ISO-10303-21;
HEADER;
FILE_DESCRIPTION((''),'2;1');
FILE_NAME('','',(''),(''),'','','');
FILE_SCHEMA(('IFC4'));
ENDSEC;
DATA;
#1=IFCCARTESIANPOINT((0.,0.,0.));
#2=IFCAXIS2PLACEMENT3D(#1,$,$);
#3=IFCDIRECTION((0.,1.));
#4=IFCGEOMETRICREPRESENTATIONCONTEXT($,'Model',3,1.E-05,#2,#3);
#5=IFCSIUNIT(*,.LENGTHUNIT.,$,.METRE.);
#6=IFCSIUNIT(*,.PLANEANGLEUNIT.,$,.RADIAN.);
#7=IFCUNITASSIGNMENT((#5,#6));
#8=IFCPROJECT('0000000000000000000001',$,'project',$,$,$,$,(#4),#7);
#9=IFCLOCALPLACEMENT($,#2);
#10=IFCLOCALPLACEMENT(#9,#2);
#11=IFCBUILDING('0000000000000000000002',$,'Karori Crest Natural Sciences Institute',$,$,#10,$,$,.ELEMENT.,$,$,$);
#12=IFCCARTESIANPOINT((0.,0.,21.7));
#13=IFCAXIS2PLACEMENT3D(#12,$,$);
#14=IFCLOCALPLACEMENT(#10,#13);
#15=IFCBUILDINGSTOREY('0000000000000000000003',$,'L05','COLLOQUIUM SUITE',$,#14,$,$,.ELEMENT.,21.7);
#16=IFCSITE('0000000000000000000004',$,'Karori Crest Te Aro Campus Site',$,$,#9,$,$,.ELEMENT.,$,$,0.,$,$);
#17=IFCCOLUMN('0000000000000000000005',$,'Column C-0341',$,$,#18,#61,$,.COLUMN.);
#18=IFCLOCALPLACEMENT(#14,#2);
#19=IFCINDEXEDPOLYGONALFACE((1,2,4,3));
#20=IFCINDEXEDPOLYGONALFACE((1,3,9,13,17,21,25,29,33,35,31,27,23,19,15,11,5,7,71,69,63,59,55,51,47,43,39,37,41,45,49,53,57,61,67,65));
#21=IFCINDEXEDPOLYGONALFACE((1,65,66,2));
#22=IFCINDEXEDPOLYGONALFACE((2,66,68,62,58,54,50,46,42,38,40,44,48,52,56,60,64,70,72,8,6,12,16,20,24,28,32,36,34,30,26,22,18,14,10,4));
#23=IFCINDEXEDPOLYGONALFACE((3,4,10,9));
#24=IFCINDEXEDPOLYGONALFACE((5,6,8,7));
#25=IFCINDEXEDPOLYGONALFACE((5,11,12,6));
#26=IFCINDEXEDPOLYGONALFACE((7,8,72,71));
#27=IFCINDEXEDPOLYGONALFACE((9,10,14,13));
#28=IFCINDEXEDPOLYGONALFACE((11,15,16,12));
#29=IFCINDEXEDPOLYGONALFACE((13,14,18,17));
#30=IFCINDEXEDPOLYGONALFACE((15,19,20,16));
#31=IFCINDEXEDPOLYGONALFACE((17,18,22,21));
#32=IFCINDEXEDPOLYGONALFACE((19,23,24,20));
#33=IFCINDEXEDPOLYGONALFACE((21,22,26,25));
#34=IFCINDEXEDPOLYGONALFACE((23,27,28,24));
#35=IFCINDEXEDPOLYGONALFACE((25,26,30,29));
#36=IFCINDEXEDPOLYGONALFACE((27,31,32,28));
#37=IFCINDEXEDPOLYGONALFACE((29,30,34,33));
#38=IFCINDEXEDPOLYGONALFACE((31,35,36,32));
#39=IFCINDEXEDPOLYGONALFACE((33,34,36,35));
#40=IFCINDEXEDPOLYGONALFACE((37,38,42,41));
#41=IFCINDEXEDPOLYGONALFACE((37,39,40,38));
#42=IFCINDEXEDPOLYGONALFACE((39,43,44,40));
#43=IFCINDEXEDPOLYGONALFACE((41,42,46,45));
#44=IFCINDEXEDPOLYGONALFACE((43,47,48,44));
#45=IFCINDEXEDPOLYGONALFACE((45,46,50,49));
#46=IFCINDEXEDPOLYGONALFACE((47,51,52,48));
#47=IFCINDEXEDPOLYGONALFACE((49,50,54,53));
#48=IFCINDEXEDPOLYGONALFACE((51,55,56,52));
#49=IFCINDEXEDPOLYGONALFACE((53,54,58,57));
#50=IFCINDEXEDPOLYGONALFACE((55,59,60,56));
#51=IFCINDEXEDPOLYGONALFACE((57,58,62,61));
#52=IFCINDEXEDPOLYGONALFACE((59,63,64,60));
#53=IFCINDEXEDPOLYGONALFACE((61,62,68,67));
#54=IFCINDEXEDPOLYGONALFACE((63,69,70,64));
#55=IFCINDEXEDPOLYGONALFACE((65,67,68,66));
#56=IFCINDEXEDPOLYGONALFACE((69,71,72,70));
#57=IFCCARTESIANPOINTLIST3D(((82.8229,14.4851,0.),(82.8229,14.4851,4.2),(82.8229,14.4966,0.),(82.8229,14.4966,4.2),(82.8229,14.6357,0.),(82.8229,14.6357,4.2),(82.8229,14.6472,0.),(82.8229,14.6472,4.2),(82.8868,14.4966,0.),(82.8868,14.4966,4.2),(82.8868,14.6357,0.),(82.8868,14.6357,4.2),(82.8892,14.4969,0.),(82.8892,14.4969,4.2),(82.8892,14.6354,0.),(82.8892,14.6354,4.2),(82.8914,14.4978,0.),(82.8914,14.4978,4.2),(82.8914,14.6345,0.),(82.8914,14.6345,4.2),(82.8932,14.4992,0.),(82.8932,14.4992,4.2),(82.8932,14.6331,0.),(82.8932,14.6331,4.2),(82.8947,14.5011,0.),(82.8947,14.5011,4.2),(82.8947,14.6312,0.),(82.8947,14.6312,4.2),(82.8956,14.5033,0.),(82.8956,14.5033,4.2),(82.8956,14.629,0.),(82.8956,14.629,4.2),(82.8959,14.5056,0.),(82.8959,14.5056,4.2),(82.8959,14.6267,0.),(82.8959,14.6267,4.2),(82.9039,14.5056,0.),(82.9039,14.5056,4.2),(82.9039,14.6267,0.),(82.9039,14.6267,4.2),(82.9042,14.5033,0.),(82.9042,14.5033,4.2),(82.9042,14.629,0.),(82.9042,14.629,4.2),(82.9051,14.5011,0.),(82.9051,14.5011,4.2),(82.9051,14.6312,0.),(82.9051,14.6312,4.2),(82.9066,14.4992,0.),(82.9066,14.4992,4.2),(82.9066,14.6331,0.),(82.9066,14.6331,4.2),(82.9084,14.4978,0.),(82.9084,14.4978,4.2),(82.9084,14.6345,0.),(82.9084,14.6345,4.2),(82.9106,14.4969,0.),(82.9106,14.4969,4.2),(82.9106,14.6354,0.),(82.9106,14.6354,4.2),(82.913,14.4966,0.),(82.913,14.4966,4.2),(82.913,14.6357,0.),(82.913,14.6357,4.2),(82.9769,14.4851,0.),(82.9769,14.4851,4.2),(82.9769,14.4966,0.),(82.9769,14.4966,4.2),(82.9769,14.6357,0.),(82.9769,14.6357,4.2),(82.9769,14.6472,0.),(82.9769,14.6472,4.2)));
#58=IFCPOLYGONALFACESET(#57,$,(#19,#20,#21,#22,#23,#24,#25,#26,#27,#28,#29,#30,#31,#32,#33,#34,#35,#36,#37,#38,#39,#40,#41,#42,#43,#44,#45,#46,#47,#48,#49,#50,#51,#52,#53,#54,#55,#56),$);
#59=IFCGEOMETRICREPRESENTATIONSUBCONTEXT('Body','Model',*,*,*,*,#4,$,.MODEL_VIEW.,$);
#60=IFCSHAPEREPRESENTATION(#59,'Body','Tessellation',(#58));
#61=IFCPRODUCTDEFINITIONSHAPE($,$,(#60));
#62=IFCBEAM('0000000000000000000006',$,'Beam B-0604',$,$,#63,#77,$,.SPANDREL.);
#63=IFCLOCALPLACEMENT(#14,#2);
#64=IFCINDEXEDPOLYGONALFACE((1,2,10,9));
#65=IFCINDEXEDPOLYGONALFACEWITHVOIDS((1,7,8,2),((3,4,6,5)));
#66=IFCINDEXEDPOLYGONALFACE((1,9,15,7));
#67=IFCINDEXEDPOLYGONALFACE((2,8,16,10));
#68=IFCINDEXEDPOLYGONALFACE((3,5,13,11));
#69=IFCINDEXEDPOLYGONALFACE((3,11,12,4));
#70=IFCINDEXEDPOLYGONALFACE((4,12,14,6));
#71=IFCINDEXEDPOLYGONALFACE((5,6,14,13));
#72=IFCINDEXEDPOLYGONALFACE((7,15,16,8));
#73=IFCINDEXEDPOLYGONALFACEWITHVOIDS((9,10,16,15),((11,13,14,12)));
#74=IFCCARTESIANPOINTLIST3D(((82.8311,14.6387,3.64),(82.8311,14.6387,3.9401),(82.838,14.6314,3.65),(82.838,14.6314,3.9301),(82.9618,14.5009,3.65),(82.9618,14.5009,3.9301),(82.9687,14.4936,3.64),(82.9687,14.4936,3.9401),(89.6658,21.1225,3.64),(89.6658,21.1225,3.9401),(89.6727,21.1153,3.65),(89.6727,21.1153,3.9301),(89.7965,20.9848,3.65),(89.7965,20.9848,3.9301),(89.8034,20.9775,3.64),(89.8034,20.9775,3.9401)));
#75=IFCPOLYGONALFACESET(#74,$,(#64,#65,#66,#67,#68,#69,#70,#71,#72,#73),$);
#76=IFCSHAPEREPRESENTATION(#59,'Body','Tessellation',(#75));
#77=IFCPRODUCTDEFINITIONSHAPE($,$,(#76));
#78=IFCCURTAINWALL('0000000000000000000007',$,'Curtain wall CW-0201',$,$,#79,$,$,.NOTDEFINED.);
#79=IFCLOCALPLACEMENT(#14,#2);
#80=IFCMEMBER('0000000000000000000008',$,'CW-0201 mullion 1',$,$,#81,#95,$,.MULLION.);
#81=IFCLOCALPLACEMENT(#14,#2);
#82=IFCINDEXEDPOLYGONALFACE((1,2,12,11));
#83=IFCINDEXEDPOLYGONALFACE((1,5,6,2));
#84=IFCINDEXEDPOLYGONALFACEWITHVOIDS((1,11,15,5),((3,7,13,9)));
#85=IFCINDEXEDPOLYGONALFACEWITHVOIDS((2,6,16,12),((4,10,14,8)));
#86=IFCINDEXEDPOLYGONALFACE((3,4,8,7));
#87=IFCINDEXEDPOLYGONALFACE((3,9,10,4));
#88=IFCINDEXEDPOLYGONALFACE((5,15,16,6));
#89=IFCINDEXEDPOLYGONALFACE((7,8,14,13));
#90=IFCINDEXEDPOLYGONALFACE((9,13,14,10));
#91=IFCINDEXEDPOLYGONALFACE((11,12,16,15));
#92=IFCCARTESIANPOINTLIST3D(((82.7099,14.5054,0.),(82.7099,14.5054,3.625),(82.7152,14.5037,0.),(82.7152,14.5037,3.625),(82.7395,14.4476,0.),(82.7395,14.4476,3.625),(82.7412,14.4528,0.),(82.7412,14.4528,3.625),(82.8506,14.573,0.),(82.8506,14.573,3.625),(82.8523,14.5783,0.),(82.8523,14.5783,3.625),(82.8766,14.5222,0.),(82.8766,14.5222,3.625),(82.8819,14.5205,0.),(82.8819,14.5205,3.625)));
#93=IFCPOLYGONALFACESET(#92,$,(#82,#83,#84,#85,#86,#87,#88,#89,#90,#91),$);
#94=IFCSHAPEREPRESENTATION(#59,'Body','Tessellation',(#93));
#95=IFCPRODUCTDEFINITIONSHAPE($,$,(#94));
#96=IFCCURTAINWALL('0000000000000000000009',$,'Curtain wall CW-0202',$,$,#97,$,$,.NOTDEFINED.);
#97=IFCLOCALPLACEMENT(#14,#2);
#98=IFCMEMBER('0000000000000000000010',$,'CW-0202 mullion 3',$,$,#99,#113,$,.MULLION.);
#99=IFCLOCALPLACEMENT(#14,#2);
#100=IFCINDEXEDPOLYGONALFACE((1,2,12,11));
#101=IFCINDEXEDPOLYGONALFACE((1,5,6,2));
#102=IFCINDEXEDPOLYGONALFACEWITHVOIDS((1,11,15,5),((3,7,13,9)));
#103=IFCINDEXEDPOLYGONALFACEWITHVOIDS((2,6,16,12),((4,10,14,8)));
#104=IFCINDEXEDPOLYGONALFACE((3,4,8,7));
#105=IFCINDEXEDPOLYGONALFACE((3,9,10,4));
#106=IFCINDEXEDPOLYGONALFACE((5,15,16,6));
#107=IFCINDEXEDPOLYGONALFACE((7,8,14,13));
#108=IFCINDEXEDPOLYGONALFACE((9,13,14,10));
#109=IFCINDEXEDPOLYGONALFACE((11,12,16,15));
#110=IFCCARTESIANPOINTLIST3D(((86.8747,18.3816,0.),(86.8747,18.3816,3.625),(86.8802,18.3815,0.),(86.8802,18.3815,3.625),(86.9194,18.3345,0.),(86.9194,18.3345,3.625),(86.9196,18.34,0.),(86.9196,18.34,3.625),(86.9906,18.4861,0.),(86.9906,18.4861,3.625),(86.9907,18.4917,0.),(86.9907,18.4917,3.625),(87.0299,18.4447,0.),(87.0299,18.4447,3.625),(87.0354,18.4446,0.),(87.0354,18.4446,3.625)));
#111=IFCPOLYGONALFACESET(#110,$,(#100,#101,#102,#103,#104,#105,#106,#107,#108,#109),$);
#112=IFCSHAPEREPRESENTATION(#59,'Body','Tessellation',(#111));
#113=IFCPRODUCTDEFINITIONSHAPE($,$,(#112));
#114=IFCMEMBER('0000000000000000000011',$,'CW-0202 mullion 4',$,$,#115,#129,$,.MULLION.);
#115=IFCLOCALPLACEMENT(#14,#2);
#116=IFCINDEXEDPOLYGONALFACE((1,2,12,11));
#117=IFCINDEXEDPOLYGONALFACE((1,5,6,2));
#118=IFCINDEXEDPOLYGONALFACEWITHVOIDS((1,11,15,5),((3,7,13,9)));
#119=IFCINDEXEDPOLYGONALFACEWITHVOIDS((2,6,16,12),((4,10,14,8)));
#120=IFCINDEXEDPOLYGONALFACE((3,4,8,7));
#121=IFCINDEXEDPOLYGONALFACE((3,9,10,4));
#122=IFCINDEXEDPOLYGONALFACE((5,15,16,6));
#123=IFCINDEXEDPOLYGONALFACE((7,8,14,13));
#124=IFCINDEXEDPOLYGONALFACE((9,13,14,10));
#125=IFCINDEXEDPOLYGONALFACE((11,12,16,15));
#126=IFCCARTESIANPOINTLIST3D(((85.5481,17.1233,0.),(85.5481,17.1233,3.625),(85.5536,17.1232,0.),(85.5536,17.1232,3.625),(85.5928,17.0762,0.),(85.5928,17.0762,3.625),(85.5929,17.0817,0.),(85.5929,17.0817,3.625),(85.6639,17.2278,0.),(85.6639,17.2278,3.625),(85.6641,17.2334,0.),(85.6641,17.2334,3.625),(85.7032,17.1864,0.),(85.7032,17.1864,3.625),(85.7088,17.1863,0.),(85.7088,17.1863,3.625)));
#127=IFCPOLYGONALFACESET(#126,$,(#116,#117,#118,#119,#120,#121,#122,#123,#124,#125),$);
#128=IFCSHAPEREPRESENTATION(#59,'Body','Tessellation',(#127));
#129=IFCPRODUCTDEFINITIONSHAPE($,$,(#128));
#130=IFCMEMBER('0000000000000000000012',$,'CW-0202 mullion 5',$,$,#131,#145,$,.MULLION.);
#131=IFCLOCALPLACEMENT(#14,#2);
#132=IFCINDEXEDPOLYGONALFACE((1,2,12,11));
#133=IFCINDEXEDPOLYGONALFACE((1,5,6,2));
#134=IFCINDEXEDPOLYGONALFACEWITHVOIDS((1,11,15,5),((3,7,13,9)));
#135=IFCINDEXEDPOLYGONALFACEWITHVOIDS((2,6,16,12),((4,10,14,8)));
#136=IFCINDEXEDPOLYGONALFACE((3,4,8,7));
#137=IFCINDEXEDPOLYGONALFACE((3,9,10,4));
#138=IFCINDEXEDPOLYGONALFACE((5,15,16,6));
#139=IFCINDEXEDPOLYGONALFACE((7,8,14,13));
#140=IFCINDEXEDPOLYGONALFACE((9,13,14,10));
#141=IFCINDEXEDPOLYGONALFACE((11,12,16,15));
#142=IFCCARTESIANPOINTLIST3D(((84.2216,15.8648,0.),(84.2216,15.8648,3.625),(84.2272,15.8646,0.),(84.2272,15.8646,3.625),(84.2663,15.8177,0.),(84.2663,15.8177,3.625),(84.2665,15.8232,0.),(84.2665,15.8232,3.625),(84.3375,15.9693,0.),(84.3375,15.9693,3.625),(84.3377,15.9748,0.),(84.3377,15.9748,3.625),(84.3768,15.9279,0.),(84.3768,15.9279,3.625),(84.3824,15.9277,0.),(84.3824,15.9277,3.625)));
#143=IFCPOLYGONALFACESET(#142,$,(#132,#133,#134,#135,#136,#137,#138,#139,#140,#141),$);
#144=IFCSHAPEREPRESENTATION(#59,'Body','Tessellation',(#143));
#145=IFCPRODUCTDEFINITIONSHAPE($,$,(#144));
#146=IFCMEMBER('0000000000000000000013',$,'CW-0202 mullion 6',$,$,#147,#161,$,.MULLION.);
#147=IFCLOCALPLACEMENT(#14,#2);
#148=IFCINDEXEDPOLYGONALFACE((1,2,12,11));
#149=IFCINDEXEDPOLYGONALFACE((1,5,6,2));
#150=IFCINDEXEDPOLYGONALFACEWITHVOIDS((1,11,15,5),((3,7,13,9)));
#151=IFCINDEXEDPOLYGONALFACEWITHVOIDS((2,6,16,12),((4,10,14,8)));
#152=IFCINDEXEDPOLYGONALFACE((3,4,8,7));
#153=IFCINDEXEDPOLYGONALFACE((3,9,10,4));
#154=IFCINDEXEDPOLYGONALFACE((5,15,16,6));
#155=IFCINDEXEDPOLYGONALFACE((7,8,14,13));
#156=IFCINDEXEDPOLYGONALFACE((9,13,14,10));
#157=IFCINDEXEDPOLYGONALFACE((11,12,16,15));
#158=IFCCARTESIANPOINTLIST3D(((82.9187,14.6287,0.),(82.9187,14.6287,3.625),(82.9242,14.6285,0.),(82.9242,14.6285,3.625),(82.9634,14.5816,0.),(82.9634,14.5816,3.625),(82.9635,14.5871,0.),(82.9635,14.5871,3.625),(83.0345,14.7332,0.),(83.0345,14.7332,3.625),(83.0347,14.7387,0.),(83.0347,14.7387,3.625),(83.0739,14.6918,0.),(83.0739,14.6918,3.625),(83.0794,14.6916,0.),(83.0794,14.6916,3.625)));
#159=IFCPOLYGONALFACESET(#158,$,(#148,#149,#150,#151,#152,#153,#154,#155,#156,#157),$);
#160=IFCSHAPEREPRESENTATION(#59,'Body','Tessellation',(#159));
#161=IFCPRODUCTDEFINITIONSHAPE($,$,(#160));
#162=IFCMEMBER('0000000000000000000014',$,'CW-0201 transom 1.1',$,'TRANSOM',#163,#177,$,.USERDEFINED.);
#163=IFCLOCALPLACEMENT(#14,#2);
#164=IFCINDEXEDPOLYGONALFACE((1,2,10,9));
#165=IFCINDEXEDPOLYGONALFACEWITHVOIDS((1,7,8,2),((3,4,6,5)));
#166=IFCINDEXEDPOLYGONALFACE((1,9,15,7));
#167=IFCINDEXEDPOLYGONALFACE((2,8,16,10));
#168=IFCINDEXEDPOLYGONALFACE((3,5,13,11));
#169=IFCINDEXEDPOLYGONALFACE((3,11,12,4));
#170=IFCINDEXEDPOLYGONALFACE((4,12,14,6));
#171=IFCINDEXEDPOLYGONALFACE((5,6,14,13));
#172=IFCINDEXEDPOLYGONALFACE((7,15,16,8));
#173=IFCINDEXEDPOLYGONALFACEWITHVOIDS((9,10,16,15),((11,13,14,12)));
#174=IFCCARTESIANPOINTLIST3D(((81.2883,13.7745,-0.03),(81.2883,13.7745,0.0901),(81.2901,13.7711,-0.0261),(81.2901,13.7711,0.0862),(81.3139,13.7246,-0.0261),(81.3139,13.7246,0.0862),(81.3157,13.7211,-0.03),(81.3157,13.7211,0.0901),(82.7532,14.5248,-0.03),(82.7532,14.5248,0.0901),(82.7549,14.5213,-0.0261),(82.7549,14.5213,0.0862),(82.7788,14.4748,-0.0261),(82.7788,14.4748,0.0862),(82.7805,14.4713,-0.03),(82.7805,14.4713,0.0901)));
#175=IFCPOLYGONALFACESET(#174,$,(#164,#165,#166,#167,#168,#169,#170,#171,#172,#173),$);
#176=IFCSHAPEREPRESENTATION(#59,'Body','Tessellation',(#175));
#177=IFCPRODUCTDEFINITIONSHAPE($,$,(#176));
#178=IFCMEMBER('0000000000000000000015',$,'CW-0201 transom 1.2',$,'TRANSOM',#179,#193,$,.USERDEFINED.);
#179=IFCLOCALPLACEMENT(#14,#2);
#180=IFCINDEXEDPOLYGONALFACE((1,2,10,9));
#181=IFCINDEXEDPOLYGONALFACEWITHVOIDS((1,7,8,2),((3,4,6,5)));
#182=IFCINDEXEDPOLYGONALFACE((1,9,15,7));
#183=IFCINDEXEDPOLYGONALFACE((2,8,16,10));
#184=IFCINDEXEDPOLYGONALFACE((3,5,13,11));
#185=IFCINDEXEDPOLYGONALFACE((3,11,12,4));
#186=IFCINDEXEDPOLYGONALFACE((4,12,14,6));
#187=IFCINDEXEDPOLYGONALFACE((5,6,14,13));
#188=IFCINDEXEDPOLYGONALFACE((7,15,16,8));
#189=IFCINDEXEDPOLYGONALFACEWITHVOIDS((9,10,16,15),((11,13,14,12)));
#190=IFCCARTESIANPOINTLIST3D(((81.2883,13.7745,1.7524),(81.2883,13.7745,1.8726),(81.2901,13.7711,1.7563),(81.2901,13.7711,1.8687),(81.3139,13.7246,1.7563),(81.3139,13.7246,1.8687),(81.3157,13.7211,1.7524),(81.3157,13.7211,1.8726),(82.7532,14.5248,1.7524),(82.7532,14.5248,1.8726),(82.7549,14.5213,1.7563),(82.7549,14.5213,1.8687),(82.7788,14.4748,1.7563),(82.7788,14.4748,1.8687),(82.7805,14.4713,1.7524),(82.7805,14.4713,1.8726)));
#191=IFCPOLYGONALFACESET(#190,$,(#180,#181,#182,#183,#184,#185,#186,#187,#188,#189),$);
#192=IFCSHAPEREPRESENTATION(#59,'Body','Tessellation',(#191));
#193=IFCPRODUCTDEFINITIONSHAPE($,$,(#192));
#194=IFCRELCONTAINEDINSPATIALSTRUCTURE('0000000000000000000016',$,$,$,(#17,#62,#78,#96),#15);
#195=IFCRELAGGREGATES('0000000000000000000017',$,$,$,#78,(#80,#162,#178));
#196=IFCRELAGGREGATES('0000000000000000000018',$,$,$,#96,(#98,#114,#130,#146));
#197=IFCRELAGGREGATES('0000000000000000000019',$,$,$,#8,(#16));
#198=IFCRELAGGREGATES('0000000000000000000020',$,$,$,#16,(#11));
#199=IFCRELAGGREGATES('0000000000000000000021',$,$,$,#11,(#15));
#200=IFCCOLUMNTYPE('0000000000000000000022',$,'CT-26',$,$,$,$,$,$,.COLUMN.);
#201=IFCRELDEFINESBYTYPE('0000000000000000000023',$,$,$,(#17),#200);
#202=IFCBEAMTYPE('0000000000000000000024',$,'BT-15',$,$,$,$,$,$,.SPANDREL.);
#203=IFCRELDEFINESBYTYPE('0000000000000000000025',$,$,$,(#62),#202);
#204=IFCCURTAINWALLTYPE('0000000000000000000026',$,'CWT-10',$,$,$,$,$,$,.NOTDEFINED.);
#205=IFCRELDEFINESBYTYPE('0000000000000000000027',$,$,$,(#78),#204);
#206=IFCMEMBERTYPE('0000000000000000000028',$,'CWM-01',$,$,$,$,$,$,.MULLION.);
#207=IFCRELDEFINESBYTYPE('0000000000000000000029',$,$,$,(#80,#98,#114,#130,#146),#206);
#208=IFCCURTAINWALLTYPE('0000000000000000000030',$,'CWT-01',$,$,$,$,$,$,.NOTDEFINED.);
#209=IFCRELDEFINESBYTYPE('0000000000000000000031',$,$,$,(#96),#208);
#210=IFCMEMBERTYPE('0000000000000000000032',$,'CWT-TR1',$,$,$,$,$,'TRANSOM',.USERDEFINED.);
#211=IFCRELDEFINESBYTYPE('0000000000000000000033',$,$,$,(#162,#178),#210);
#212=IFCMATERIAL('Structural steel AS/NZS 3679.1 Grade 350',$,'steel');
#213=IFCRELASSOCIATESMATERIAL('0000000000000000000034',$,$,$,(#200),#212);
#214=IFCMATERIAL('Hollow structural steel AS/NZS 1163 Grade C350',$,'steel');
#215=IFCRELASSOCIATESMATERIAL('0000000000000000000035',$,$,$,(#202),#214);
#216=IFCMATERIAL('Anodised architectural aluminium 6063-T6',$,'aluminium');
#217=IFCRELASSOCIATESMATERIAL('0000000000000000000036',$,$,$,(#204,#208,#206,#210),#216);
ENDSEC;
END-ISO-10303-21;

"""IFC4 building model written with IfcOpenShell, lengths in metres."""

from ifc_helpers import new_model, si_unit, direction, frame, origin, origin_2d, place, context, subcontext, project, spatial, hollow_rectangle, i_section, extrude, material, material_profile, profile_set, type_object, element, aggregate, save


model = new_model("IFC4")

# Units and contexts
model_context = context("Model", 3, precision=1e-05, world=origin(), true_north=direction((0.0, 1.0)))
body_context = subcontext(model_context, "Body", "Model", "MODEL_VIEW")
ifc_project = project(units=[si_unit("LENGTHUNIT", "METRE"), si_unit("PLANEANGLEUNIT", "RADIAN")], contexts=[model_context])

# Site, building, storey
site_placement = place(None, origin())
site = spatial("IfcSite", under=ifc_project, at=site_placement, Name="Karori Crest Te Aro Campus Site", CompositionType="ELEMENT", RefElevation=0.0)
building_placement = place(site_placement, origin())
building = spatial("IfcBuilding", under=site, at=building_placement, Name="Karori Crest Natural Sciences Institute", CompositionType="ELEMENT")
storey_placement = place(building_placement, frame((0.0, 0.0, 21.7)))
storey = spatial("IfcBuildingStorey", under=building, at=storey_placement, Name="L05", Description="COLLOQUIUM SUITE", CompositionType="ELEMENT", Elevation=21.7)

# Column
ifc_material_1 = material(Name="Structural steel AS/NZS 3679.1 Grade 350", Category="steel")
ifc_material_profile_1 = material_profile(ifc_material_1, i_section(OverallWidth=0.1541, OverallDepth=0.1621, WebThickness=0.0081, FlangeThickness=0.0115, FilletRadius=0.009, at=origin_2d()), Name="150UC37.2")
ifc_profile_set_1 = profile_set([ifc_material_profile_1], Name="Structural steel AS/NZS 3679.1 Grade 350")
column_type = type_object("IfcColumnType", Name="CT-26", PredefinedType="COLUMN", material=ifc_profile_set_1)
column_placement = place(storey_placement, frame((82.8999, 14.5662, 0.0), z_axis=(0.0, 0.0, 1.0), x_axis=(1.0, 0.0, 0.0)))
element("IfcColumn", 1, at=column_placement, inside=storey, type_object=column_type, Name="Column C-0341", PredefinedType="COLUMN", context=body_context, shape_type="SweptSolid", body=[
    extrude(i_section(OverallWidth=0.1541, OverallDepth=0.1621, WebThickness=0.0081, FlangeThickness=0.0115, FilletRadius=0.009, at=origin_2d()), origin(), (0.0, 0.0, 1.0), 4.2),
])

# Beam
ifc_material_2 = material(Name="Hollow structural steel AS/NZS 1163 Grade C350", Category="steel")
ifc_material_profile_2 = material_profile(ifc_material_2, hollow_rectangle(XDim=0.2, YDim=0.3, WallThickness=0.01, at=origin_2d()), Name="RHS300x200x10")
ifc_profile_set_2 = profile_set([ifc_material_profile_2], Name="Hollow structural steel AS/NZS 1163 Grade C350")
beam_type = type_object("IfcBeamType", Name="BT-15", PredefinedType="SPANDREL", material=ifc_profile_set_2)
beam_placement = place(storey_placement, frame((82.8999, 14.5662, 3.79), z_axis=(0.725481, 0.688242, 0.0), x_axis=(-0.688242, 0.725481, 0.0)))
element("IfcBeam", 2, at=beam_placement, inside=storey, type_object=beam_type, Name="Beam B-0604", PredefinedType="SPANDREL", context=body_context, shape_type="SweptSolid", body=[
    extrude(hollow_rectangle(XDim=0.2, YDim=0.3, WallThickness=0.01, at=origin_2d()), origin(), (0.0, 0.0, 1.0), 9.4209),
])

# Curtain wall, member
ifc_material_3 = material(Name="Anodised architectural aluminium 6063-T6", Category="aluminium")
curtain_wall_type_1 = type_object("IfcCurtainWallType", Name="CWT-10", PredefinedType="NOTDEFINED", material=ifc_material_3)
curtain_wall_1_placement = place(storey_placement, origin())
curtain_wall_1 = element("IfcCurtainWall", 3, at=curtain_wall_1_placement, inside=storey, type_object=curtain_wall_type_1, Name="Curtain wall CW-0201", PredefinedType="NOTDEFINED")
ifc_material_profile_3 = material_profile(ifc_material_3, hollow_rectangle(XDim=0.0649, YDim=0.1599, WallThickness=0.0039, at=origin_2d()), Name="CWM160x65x4")
ifc_profile_set_3 = profile_set([ifc_material_profile_3], Name="Anodised architectural aluminium 6063-T6")
member_type_1 = type_object("IfcMemberType", Name="CWM-01", PredefinedType="MULLION", material=ifc_profile_set_3)
member_1_placement = place(storey_placement, frame((82.7959, 14.5129, 0.0), z_axis=(0.0, 0.0, 1.0), x_axis=(0.455829, -0.890067, 0.0)))
member_1 = element("IfcMember", 4, at=member_1_placement, type_object=member_type_1, Name="CW-0201 mullion 1", PredefinedType="MULLION", context=body_context, shape_type="SweptSolid", body=[
    extrude(hollow_rectangle(XDim=0.0649, YDim=0.1599, WallThickness=0.0039, at=origin_2d()), origin(), (0.0, 0.0, 1.0), 3.625),
])

# Curtain wall, members
curtain_wall_type_2 = type_object("IfcCurtainWallType", Name="CWT-01", PredefinedType="NOTDEFINED", material=ifc_material_3)
curtain_wall_2_placement = place(storey_placement, origin())
curtain_wall_2 = element("IfcCurtainWall", 5, at=curtain_wall_2_placement, inside=storey, type_object=curtain_wall_type_2, Name="Curtain wall CW-0202", PredefinedType="NOTDEFINED")
member_2_placement = place(storey_placement, frame((86.9551, 18.4131, 0.0), z_axis=(0.0, 0.0, 1.0), x_axis=(0.688251, -0.725473, 0.0)))
member_2 = element("IfcMember", 6, at=member_2_placement, type_object=member_type_1, Name="CW-0202 mullion 3", PredefinedType="MULLION", context=body_context, shape_type="SweptSolid", body=[
    extrude(hollow_rectangle(XDim=0.0649, YDim=0.1599, WallThickness=0.0039, at=origin_2d()), origin(), (0.0, 0.0, 1.0), 3.625),
])
member_3_placement = place(storey_placement, frame((85.6284, 17.1548, 0.0), z_axis=(0.0, 0.0, 1.0), x_axis=(0.688251, -0.725473, 0.0)))
member_3 = element("IfcMember", 7, at=member_3_placement, type_object=member_type_1, Name="CW-0202 mullion 4", PredefinedType="MULLION", context=body_context, shape_type="SweptSolid", body=[
    extrude(hollow_rectangle(XDim=0.0649, YDim=0.1599, WallThickness=0.0039, at=origin_2d()), origin(), (0.0, 0.0, 1.0), 3.625),
])
member_4_placement = place(storey_placement, frame((84.302, 15.8962, 0.0), z_axis=(0.0, 0.0, 1.0), x_axis=(0.688251, -0.725473, 0.0)))
member_4 = element("IfcMember", 8, at=member_4_placement, type_object=member_type_1, Name="CW-0202 mullion 5", PredefinedType="MULLION", context=body_context, shape_type="SweptSolid", body=[
    extrude(hollow_rectangle(XDim=0.0649, YDim=0.1599, WallThickness=0.0039, at=origin_2d()), origin(), (0.0, 0.0, 1.0), 3.625),
])
member_5_placement = place(storey_placement, frame((82.999, 14.6602, 0.0), z_axis=(0.0, 0.0, 1.0), x_axis=(0.688251, -0.725473, 0.0)))
member_5 = element("IfcMember", 9, at=member_5_placement, type_object=member_type_1, Name="CW-0202 mullion 6", PredefinedType="MULLION", context=body_context, shape_type="SweptSolid", body=[
    extrude(hollow_rectangle(XDim=0.0649, YDim=0.1599, WallThickness=0.0039, at=origin_2d()), origin(), (0.0, 0.0, 1.0), 3.625),
])

# Members
ifc_material_profile_4 = material_profile(ifc_material_3, hollow_rectangle(XDim=0.0601, YDim=0.1201, WallThickness=0.0039, at=origin_2d()), Name="CWT120x60x4")
ifc_profile_set_4 = profile_set([ifc_material_profile_4], Name="Anodised architectural aluminium 6063-T6")
member_type_2 = type_object("IfcMemberType", Name="CWT-TR1", ElementType="TRANSOM", PredefinedType="USERDEFINED", material=ifc_profile_set_4)
member_6_placement = place(storey_placement, frame((82.7668, 14.498, 0.03), z_axis=(-0.890054, -0.455856, 0.0), x_axis=(0.455856, -0.890054, 0.0)))
member_6 = element("IfcMember", 10, at=member_6_placement, type_object=member_type_2, Name="CW-0201 transom 1.1", ObjectType="TRANSOM", PredefinedType="USERDEFINED", context=body_context, shape_type="SweptSolid", body=[
    extrude(hollow_rectangle(XDim=0.0601, YDim=0.1201, WallThickness=0.0039, at=origin_2d()), origin(), (0.0, 0.0, 1.0), 1.6458),
])
member_7_placement = place(storey_placement, frame((82.7668, 14.498, 1.8125), z_axis=(-0.890054, -0.455856, 0.0), x_axis=(0.455856, -0.890054, 0.0)))
member_7 = element("IfcMember", 11, at=member_7_placement, type_object=member_type_2, Name="CW-0201 transom 1.2", ObjectType="TRANSOM", PredefinedType="USERDEFINED", context=body_context, shape_type="SweptSolid", body=[
    extrude(hollow_rectangle(XDim=0.0601, YDim=0.1201, WallThickness=0.0039, at=origin_2d()), origin(), (0.0, 0.0, 1.0), 1.6458),
])

aggregate(curtain_wall_1, [member_1, member_6, member_7])
aggregate(curtain_wall_2, [member_2, member_3, member_4, member_5])

save(model, "model.ifc")
